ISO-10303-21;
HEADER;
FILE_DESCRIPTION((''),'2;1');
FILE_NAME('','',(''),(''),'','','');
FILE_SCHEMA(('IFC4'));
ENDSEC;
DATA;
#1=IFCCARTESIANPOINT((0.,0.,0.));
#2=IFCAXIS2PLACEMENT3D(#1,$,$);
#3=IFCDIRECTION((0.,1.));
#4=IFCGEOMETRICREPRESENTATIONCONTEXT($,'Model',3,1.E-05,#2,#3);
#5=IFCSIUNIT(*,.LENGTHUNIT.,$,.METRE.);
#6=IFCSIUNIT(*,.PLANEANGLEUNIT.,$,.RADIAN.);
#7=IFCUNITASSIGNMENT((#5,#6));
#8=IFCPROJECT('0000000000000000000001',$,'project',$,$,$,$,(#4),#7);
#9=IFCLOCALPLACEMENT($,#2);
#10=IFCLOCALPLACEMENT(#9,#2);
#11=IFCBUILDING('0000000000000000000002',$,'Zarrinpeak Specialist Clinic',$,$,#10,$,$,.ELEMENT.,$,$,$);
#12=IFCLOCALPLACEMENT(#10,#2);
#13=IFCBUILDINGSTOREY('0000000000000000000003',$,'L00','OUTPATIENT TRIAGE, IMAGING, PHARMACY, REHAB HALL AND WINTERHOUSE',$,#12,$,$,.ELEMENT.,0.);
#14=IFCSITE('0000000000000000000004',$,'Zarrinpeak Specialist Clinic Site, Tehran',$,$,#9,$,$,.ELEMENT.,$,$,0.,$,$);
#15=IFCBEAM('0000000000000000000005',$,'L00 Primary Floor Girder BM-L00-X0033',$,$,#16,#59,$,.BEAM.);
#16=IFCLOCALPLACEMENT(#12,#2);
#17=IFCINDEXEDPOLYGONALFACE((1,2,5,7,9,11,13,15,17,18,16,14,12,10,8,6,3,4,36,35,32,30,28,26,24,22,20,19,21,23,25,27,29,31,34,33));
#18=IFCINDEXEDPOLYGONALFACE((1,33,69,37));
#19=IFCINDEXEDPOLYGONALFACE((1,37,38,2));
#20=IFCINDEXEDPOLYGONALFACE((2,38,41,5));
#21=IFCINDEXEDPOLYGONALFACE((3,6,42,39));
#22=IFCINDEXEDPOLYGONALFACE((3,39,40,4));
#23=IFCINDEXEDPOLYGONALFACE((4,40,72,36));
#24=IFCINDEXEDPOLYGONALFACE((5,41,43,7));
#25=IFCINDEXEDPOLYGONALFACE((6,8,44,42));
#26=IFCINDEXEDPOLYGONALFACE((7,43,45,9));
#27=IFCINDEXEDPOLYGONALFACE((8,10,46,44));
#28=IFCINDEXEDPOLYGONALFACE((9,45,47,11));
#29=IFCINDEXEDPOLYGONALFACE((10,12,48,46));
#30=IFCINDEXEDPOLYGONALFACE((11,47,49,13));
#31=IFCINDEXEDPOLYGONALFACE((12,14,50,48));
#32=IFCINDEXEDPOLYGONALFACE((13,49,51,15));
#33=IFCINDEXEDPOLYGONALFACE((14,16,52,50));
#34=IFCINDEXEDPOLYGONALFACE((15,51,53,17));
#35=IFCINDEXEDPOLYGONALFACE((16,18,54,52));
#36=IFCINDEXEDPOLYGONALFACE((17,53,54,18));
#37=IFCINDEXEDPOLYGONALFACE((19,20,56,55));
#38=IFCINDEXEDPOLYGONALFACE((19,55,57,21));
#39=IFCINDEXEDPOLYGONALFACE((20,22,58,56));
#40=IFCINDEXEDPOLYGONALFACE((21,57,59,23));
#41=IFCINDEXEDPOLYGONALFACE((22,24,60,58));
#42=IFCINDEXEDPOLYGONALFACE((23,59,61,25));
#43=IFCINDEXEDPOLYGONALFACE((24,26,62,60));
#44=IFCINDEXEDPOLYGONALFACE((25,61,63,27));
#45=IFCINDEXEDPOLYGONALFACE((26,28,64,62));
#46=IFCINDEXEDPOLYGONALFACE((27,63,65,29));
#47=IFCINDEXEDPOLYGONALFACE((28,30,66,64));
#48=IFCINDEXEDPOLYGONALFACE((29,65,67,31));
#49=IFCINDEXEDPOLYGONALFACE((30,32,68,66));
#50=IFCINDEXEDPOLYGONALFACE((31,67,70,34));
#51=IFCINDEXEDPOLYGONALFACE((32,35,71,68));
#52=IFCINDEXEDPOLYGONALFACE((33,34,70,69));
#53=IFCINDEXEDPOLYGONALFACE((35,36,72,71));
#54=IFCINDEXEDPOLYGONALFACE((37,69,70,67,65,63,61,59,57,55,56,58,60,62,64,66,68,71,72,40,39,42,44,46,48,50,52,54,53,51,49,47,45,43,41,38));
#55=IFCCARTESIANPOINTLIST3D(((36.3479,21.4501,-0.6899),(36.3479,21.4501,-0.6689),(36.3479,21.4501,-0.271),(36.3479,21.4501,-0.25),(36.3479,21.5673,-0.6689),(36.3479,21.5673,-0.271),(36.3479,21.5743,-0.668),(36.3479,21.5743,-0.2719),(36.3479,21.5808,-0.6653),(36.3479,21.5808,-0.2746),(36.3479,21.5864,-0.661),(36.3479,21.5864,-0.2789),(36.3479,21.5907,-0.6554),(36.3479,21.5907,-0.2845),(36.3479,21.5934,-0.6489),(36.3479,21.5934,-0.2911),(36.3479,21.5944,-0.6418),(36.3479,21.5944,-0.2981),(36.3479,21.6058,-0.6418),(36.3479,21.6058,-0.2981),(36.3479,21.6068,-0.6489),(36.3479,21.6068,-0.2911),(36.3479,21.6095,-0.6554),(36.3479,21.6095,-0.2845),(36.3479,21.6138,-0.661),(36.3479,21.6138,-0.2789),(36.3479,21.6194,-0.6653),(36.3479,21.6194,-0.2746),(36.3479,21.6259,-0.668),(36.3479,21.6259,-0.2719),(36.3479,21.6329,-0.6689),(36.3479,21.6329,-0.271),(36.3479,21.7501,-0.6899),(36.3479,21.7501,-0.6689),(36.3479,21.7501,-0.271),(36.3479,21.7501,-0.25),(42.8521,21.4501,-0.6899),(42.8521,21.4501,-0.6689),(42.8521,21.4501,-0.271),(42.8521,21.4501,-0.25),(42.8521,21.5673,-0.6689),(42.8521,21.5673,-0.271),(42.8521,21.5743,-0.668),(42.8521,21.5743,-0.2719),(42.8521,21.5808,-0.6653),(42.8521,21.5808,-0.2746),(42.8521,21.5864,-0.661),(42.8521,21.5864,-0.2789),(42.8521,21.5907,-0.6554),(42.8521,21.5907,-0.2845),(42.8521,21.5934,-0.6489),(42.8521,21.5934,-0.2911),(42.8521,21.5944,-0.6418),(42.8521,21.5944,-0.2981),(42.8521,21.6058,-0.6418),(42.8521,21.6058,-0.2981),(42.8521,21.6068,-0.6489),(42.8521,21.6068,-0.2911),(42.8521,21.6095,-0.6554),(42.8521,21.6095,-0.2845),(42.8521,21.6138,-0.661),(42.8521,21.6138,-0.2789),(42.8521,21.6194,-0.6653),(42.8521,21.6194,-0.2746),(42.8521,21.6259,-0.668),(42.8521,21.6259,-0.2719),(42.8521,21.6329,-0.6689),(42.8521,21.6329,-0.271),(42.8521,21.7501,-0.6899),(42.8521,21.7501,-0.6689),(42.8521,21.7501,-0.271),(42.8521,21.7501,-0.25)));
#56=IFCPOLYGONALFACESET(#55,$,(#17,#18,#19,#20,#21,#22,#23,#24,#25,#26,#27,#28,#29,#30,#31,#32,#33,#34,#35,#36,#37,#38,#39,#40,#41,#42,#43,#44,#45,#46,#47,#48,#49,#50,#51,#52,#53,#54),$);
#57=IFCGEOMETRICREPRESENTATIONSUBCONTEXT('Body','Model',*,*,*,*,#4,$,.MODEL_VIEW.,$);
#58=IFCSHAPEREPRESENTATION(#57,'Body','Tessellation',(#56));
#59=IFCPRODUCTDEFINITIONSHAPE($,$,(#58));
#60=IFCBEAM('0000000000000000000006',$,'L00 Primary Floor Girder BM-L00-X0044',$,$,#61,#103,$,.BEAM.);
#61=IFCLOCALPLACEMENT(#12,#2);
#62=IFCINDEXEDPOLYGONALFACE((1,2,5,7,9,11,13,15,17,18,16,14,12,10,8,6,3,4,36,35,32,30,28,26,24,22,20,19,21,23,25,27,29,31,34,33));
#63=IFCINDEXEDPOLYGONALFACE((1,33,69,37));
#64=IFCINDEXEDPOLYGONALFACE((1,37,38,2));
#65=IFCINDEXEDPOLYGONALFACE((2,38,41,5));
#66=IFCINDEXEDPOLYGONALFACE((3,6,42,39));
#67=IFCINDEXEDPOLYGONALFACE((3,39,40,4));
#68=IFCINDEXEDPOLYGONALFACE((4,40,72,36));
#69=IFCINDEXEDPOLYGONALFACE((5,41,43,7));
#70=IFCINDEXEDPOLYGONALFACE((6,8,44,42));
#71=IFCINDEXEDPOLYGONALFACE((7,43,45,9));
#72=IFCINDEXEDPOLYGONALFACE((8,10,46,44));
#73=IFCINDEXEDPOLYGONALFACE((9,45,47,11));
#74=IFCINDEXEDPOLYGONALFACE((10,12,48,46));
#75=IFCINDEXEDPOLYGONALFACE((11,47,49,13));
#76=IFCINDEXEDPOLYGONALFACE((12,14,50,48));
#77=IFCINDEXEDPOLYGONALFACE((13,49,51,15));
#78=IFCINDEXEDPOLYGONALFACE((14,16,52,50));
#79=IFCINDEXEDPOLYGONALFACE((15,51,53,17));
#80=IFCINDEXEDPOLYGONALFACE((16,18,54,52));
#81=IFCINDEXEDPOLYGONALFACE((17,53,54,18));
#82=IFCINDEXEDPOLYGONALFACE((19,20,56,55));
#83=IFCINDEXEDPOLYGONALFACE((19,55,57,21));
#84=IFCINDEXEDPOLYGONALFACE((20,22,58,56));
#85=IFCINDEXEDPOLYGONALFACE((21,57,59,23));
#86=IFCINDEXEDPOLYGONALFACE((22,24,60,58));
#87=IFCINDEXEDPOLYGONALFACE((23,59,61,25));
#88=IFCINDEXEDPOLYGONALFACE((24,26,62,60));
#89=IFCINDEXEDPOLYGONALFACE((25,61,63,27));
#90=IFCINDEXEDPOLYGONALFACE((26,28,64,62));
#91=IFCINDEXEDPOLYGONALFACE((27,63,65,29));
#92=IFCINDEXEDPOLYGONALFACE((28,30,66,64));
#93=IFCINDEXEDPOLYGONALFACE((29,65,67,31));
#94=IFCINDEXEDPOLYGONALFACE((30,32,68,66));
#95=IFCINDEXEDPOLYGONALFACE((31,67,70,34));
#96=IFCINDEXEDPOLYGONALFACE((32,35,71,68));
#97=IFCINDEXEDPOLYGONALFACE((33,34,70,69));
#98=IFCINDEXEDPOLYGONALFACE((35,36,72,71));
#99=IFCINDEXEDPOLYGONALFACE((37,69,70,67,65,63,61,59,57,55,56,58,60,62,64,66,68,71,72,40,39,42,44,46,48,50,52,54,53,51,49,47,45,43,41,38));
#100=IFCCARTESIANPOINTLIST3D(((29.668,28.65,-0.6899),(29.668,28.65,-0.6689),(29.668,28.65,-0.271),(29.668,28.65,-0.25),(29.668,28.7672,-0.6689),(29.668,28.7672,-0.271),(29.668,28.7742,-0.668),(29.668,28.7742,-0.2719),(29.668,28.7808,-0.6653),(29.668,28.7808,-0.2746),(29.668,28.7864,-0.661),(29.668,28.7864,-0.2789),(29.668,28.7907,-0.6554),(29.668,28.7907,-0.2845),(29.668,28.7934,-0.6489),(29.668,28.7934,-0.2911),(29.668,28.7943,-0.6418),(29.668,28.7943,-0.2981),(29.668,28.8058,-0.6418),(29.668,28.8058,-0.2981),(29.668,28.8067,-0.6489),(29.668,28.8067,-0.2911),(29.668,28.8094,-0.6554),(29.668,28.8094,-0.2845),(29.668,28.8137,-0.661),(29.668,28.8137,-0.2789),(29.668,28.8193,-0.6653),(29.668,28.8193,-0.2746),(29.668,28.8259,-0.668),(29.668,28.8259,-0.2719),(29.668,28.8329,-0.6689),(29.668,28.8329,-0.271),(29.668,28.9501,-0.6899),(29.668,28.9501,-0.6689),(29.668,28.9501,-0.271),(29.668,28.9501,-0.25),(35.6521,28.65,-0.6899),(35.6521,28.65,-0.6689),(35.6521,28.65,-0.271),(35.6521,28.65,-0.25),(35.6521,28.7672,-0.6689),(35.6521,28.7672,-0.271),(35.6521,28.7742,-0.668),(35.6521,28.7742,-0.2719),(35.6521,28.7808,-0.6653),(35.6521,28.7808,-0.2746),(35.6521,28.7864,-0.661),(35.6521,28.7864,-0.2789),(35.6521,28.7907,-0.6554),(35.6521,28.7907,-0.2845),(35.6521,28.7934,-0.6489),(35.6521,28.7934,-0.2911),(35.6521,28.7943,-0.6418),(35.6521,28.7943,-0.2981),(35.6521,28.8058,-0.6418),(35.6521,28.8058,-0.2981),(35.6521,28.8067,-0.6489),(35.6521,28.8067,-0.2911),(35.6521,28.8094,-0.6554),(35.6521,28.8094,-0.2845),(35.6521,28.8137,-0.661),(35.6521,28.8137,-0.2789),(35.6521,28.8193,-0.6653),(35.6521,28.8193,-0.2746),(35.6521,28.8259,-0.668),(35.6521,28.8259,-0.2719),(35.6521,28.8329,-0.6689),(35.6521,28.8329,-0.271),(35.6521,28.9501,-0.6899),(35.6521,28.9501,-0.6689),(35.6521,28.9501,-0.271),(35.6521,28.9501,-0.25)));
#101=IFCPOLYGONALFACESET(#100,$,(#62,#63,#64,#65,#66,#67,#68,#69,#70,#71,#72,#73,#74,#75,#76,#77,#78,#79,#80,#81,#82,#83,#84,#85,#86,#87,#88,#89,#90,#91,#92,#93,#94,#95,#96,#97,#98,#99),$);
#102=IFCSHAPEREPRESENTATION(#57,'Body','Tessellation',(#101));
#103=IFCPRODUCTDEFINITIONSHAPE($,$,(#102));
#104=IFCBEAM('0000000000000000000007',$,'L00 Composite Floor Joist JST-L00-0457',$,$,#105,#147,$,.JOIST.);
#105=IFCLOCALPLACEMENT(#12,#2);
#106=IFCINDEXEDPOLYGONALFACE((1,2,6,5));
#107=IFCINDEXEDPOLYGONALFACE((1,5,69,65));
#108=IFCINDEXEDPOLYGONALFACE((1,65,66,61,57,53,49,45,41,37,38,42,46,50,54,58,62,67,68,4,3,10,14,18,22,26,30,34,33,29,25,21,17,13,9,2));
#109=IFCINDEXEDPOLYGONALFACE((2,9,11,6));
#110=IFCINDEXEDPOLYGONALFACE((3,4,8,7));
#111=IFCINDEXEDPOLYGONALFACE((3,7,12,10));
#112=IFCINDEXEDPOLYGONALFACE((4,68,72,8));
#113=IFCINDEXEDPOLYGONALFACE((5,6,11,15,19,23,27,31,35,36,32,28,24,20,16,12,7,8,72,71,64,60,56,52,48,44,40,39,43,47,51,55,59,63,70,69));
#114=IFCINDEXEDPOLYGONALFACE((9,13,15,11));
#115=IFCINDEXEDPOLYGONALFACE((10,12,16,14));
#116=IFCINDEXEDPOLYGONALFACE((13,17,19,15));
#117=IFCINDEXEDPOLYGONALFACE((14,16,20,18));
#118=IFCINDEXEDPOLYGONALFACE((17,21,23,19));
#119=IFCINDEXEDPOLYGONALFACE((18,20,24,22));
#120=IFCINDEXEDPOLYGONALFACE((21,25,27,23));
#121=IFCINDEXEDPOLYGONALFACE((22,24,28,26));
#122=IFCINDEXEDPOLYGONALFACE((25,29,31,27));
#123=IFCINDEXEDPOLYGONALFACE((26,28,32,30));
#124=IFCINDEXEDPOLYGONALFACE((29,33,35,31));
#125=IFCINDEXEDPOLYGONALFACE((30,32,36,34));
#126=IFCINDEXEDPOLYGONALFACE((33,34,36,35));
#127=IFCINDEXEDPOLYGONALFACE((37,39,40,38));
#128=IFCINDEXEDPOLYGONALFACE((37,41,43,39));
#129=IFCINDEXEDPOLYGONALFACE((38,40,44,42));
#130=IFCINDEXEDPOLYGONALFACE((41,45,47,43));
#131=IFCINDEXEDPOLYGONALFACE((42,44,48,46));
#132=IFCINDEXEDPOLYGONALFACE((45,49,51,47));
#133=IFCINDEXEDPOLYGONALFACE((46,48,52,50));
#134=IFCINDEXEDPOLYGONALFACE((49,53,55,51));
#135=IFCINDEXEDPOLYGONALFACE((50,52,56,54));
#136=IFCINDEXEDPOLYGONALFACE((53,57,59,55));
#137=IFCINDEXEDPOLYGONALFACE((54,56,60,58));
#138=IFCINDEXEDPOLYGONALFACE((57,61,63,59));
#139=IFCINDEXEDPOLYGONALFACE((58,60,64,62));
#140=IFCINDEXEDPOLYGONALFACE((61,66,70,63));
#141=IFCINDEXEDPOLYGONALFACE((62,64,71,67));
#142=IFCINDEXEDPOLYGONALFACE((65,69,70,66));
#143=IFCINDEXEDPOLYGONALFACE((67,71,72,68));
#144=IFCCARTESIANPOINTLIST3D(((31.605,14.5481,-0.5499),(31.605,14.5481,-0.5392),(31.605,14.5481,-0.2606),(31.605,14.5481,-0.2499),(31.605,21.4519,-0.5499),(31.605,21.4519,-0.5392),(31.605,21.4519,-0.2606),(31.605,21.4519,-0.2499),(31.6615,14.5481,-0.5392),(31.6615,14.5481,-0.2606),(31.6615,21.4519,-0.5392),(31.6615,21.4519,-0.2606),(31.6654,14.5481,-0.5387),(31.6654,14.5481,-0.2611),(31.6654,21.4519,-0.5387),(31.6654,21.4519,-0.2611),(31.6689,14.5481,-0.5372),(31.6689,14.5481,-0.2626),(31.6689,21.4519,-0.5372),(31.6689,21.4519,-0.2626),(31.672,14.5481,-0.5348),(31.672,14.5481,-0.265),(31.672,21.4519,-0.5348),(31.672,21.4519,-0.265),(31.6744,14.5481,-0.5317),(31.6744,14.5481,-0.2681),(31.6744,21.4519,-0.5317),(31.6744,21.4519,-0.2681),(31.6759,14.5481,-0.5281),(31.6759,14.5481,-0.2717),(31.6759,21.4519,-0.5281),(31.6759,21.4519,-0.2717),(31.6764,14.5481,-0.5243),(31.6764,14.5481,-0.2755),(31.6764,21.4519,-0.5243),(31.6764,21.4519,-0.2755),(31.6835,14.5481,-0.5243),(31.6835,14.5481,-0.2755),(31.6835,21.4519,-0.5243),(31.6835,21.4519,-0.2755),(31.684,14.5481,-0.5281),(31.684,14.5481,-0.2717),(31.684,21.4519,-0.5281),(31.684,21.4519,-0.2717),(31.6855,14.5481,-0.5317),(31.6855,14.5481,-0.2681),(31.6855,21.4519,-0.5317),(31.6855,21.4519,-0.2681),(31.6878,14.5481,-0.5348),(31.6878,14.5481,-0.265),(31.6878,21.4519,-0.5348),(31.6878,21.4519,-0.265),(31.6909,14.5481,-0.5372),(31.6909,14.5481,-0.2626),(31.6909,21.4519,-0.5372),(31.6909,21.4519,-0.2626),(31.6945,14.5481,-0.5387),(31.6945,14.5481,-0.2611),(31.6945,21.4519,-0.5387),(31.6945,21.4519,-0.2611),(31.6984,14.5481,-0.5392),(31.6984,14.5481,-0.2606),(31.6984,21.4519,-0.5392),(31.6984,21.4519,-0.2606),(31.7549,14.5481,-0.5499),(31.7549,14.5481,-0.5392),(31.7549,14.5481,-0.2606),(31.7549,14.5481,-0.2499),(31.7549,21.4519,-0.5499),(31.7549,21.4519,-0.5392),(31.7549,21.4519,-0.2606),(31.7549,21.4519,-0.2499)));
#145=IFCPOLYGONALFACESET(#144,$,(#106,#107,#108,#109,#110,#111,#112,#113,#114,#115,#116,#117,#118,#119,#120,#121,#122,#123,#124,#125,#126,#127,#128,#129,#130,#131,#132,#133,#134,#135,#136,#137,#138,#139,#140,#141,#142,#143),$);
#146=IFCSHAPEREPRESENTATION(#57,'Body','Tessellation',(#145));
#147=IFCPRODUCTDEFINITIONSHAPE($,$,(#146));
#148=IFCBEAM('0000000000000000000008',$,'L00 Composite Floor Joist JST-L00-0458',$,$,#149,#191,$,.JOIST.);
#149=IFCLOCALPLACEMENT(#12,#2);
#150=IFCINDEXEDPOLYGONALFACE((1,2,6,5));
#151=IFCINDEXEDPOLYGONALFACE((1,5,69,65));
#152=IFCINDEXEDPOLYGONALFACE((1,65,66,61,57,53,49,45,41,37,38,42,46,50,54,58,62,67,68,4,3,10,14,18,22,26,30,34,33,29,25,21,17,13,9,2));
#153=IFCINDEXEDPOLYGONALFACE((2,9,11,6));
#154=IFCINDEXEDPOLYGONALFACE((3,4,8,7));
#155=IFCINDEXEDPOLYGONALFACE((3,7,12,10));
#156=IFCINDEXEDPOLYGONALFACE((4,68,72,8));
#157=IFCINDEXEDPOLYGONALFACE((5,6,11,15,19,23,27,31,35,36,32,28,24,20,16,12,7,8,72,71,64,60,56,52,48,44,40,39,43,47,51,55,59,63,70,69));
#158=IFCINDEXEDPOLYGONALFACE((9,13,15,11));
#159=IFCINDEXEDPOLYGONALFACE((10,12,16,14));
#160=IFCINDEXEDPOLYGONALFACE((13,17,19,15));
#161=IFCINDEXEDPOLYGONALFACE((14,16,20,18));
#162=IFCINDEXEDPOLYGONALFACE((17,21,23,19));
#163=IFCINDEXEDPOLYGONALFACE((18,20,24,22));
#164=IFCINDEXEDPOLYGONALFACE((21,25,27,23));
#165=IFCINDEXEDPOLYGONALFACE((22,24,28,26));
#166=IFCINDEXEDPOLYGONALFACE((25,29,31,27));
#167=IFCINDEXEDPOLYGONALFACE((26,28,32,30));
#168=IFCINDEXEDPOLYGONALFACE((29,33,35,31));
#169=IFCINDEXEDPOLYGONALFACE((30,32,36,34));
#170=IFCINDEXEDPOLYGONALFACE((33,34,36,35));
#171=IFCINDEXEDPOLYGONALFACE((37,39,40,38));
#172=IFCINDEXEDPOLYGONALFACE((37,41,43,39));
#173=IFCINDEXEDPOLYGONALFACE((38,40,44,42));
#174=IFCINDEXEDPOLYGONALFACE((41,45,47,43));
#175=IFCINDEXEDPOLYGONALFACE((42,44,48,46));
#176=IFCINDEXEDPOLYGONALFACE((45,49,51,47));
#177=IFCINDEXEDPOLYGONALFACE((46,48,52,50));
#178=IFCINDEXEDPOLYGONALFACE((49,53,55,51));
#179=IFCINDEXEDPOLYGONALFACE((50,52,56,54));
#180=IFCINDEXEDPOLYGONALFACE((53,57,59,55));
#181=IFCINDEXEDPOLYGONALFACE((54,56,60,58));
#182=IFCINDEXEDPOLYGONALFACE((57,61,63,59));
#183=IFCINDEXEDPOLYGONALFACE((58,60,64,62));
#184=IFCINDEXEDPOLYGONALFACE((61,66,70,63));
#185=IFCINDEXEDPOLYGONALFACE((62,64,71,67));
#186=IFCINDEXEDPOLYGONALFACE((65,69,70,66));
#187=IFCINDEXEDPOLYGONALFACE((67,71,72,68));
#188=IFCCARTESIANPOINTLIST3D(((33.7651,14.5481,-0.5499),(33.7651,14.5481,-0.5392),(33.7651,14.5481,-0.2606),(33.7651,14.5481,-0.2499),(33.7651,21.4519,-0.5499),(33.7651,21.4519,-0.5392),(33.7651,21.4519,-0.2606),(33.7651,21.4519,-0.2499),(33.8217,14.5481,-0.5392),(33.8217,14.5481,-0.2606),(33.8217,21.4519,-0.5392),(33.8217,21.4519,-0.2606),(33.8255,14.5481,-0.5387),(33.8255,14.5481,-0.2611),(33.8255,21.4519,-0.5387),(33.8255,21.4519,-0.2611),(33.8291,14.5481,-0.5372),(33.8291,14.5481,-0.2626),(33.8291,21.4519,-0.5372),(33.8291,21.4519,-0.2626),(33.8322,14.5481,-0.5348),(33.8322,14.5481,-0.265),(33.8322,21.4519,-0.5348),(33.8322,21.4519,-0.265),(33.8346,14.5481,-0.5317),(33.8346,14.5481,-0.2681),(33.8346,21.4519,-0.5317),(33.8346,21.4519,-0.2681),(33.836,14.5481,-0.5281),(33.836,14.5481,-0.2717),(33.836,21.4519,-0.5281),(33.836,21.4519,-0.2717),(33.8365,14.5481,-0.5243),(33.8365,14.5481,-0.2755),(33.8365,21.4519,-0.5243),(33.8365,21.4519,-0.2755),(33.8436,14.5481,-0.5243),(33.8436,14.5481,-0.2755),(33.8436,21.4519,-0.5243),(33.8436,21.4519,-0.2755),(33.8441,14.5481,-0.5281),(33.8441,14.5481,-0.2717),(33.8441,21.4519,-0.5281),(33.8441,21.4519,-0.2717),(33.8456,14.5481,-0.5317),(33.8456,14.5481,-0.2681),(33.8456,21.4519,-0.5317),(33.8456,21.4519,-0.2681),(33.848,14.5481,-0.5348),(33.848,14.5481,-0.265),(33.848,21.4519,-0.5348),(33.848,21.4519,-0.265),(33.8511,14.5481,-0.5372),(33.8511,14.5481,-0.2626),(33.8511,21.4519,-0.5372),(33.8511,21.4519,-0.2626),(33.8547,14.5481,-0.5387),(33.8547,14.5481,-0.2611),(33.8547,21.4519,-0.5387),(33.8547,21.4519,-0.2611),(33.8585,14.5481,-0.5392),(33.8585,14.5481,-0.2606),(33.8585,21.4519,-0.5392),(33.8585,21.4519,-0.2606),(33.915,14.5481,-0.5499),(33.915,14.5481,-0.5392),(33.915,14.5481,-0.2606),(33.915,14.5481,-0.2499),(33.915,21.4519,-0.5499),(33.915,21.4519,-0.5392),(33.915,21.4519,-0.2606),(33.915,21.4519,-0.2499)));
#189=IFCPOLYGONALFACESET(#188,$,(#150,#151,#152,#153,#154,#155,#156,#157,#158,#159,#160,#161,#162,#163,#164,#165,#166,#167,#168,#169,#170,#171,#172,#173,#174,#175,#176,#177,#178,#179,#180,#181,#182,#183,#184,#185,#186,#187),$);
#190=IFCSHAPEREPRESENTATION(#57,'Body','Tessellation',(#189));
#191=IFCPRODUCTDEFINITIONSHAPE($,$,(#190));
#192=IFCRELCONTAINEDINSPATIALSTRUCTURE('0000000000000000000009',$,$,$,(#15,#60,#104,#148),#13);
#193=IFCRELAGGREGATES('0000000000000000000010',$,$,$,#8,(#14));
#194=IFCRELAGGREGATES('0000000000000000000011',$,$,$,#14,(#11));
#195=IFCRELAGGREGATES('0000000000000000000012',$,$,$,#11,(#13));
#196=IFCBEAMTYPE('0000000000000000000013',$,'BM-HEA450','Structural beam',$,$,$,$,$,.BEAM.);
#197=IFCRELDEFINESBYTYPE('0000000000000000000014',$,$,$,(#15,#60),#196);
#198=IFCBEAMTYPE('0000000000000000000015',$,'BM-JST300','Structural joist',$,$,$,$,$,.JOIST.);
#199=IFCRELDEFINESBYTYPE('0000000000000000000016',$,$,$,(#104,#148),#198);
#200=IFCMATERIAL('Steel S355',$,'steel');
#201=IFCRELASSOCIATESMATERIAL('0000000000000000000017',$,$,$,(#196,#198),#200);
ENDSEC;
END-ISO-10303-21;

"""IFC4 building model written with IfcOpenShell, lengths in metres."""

from ifc_helpers import new_model, si_unit, direction, frame, origin, origin_2d, place, context, subcontext, project, spatial, i_section, extrude, material, material_profile, profile_set, type_object, element, save


model = new_model("IFC4")

# Units and contexts
model_context = context("Model", 3, precision=1e-05, world=origin(), true_north=direction((0.0, 1.0)))
body_context = subcontext(model_context, "Body", "Model", "MODEL_VIEW")
ifc_project = project(units=[si_unit("LENGTHUNIT", "METRE"), si_unit("PLANEANGLEUNIT", "RADIAN")], contexts=[model_context])

# Site, building, storey
site_placement = place(None, origin())
site = spatial("IfcSite", under=ifc_project, at=site_placement, Name="Zarrinpeak Specialist Clinic Site, Tehran", CompositionType="ELEMENT", RefElevation=0.0)
building_placement = place(site_placement, origin())
building = spatial("IfcBuilding", under=site, at=building_placement, Name="Zarrinpeak Specialist Clinic", CompositionType="ELEMENT")
storey_placement = place(building_placement, origin())
storey = spatial("IfcBuildingStorey", under=building, at=storey_placement, Name="L00", Description="OUTPATIENT TRIAGE, IMAGING, PHARMACY, REHAB HALL AND WINTERHOUSE", CompositionType="ELEMENT", Elevation=0.0)

# Shared definitions
ifc_material_1 = material(Name="Steel S355", Category="steel")

# Beams
ifc_material_profile_1 = material_profile(ifc_material_1, i_section(OverallWidth=0.3, OverallDepth=0.4399, WebThickness=0.0115, FlangeThickness=0.021, FilletRadius=0.0271, at=origin_2d()), Name="HEA 450")
ifc_profile_set_1 = profile_set([ifc_material_profile_1], Name="Steel S355")
beam_type_1 = type_object("IfcBeamType", Name="BM-HEA450", Description="Structural beam", PredefinedType="BEAM", material=ifc_profile_set_1)
beam_1_placement = place(storey_placement, frame((36.3479, 21.6001, -0.47), z_axis=(1.0, 0.0, 0.0), x_axis=(0.0, 1.0, 0.0)))
element("IfcBeam", 1, at=beam_1_placement, inside=storey, type_object=beam_type_1, Name="L00 Primary Floor Girder BM-L00-X0033", PredefinedType="BEAM", context=body_context, shape_type="SweptSolid", body=[
    extrude(i_section(OverallWidth=0.3, OverallDepth=0.4399, WebThickness=0.0115, FlangeThickness=0.021, FilletRadius=0.0271, at=origin_2d()), origin(), (0.0, 0.0, 1.0), 6.5042),
])
beam_2_placement = place(storey_placement, frame((29.668, 28.8, -0.47), z_axis=(1.0, 0.0, 0.0), x_axis=(0.0, 1.0, 0.0)))
element("IfcBeam", 2, at=beam_2_placement, inside=storey, type_object=beam_type_1, Name="L00 Primary Floor Girder BM-L00-X0044", PredefinedType="BEAM", context=body_context, shape_type="SweptSolid", body=[
    extrude(i_section(OverallWidth=0.3, OverallDepth=0.4399, WebThickness=0.0115, FlangeThickness=0.021, FilletRadius=0.0271, at=origin_2d()), origin(), (0.0, 0.0, 1.0), 5.9841),
])
ifc_material_profile_2 = material_profile(ifc_material_1, i_section(OverallWidth=0.1499, OverallDepth=0.3, WebThickness=0.0071, FlangeThickness=0.0107, FilletRadius=0.0149, at=origin_2d()), Name="IPE 300")
ifc_profile_set_2 = profile_set([ifc_material_profile_2], Name="Steel S355")
beam_type_2 = type_object("IfcBeamType", Name="BM-JST300", Description="Structural joist", PredefinedType="JOIST", material=ifc_profile_set_2)
for number, where, z_axis, x_axis, name in (
    (3, (31.6799, 14.5481, -0.3999), (0.0, 1.0, 0.0), (-1.0, 0.0, 0.0), "L00 Composite Floor Joist JST-L00-0457"),
    (4, (33.8401, 14.5481, -0.3999), (0.0, 1.0, 0.0), (-1.0, 0.0, 0.0), "L00 Composite Floor Joist JST-L00-0458"),
):
    element("IfcBeam", number, at=place(storey_placement, frame(where, z_axis=z_axis, x_axis=x_axis)), inside=storey, type_object=beam_type_2, Name=name, PredefinedType="JOIST", context=body_context, shape_type="SweptSolid", body=[
        extrude(i_section(OverallWidth=0.1499, OverallDepth=0.3, WebThickness=0.0071, FlangeThickness=0.0107, FilletRadius=0.0149, at=origin_2d()), origin(), (0.0, 0.0, 1.0), 6.9038),
    ])

save(model, "model.ifc")
